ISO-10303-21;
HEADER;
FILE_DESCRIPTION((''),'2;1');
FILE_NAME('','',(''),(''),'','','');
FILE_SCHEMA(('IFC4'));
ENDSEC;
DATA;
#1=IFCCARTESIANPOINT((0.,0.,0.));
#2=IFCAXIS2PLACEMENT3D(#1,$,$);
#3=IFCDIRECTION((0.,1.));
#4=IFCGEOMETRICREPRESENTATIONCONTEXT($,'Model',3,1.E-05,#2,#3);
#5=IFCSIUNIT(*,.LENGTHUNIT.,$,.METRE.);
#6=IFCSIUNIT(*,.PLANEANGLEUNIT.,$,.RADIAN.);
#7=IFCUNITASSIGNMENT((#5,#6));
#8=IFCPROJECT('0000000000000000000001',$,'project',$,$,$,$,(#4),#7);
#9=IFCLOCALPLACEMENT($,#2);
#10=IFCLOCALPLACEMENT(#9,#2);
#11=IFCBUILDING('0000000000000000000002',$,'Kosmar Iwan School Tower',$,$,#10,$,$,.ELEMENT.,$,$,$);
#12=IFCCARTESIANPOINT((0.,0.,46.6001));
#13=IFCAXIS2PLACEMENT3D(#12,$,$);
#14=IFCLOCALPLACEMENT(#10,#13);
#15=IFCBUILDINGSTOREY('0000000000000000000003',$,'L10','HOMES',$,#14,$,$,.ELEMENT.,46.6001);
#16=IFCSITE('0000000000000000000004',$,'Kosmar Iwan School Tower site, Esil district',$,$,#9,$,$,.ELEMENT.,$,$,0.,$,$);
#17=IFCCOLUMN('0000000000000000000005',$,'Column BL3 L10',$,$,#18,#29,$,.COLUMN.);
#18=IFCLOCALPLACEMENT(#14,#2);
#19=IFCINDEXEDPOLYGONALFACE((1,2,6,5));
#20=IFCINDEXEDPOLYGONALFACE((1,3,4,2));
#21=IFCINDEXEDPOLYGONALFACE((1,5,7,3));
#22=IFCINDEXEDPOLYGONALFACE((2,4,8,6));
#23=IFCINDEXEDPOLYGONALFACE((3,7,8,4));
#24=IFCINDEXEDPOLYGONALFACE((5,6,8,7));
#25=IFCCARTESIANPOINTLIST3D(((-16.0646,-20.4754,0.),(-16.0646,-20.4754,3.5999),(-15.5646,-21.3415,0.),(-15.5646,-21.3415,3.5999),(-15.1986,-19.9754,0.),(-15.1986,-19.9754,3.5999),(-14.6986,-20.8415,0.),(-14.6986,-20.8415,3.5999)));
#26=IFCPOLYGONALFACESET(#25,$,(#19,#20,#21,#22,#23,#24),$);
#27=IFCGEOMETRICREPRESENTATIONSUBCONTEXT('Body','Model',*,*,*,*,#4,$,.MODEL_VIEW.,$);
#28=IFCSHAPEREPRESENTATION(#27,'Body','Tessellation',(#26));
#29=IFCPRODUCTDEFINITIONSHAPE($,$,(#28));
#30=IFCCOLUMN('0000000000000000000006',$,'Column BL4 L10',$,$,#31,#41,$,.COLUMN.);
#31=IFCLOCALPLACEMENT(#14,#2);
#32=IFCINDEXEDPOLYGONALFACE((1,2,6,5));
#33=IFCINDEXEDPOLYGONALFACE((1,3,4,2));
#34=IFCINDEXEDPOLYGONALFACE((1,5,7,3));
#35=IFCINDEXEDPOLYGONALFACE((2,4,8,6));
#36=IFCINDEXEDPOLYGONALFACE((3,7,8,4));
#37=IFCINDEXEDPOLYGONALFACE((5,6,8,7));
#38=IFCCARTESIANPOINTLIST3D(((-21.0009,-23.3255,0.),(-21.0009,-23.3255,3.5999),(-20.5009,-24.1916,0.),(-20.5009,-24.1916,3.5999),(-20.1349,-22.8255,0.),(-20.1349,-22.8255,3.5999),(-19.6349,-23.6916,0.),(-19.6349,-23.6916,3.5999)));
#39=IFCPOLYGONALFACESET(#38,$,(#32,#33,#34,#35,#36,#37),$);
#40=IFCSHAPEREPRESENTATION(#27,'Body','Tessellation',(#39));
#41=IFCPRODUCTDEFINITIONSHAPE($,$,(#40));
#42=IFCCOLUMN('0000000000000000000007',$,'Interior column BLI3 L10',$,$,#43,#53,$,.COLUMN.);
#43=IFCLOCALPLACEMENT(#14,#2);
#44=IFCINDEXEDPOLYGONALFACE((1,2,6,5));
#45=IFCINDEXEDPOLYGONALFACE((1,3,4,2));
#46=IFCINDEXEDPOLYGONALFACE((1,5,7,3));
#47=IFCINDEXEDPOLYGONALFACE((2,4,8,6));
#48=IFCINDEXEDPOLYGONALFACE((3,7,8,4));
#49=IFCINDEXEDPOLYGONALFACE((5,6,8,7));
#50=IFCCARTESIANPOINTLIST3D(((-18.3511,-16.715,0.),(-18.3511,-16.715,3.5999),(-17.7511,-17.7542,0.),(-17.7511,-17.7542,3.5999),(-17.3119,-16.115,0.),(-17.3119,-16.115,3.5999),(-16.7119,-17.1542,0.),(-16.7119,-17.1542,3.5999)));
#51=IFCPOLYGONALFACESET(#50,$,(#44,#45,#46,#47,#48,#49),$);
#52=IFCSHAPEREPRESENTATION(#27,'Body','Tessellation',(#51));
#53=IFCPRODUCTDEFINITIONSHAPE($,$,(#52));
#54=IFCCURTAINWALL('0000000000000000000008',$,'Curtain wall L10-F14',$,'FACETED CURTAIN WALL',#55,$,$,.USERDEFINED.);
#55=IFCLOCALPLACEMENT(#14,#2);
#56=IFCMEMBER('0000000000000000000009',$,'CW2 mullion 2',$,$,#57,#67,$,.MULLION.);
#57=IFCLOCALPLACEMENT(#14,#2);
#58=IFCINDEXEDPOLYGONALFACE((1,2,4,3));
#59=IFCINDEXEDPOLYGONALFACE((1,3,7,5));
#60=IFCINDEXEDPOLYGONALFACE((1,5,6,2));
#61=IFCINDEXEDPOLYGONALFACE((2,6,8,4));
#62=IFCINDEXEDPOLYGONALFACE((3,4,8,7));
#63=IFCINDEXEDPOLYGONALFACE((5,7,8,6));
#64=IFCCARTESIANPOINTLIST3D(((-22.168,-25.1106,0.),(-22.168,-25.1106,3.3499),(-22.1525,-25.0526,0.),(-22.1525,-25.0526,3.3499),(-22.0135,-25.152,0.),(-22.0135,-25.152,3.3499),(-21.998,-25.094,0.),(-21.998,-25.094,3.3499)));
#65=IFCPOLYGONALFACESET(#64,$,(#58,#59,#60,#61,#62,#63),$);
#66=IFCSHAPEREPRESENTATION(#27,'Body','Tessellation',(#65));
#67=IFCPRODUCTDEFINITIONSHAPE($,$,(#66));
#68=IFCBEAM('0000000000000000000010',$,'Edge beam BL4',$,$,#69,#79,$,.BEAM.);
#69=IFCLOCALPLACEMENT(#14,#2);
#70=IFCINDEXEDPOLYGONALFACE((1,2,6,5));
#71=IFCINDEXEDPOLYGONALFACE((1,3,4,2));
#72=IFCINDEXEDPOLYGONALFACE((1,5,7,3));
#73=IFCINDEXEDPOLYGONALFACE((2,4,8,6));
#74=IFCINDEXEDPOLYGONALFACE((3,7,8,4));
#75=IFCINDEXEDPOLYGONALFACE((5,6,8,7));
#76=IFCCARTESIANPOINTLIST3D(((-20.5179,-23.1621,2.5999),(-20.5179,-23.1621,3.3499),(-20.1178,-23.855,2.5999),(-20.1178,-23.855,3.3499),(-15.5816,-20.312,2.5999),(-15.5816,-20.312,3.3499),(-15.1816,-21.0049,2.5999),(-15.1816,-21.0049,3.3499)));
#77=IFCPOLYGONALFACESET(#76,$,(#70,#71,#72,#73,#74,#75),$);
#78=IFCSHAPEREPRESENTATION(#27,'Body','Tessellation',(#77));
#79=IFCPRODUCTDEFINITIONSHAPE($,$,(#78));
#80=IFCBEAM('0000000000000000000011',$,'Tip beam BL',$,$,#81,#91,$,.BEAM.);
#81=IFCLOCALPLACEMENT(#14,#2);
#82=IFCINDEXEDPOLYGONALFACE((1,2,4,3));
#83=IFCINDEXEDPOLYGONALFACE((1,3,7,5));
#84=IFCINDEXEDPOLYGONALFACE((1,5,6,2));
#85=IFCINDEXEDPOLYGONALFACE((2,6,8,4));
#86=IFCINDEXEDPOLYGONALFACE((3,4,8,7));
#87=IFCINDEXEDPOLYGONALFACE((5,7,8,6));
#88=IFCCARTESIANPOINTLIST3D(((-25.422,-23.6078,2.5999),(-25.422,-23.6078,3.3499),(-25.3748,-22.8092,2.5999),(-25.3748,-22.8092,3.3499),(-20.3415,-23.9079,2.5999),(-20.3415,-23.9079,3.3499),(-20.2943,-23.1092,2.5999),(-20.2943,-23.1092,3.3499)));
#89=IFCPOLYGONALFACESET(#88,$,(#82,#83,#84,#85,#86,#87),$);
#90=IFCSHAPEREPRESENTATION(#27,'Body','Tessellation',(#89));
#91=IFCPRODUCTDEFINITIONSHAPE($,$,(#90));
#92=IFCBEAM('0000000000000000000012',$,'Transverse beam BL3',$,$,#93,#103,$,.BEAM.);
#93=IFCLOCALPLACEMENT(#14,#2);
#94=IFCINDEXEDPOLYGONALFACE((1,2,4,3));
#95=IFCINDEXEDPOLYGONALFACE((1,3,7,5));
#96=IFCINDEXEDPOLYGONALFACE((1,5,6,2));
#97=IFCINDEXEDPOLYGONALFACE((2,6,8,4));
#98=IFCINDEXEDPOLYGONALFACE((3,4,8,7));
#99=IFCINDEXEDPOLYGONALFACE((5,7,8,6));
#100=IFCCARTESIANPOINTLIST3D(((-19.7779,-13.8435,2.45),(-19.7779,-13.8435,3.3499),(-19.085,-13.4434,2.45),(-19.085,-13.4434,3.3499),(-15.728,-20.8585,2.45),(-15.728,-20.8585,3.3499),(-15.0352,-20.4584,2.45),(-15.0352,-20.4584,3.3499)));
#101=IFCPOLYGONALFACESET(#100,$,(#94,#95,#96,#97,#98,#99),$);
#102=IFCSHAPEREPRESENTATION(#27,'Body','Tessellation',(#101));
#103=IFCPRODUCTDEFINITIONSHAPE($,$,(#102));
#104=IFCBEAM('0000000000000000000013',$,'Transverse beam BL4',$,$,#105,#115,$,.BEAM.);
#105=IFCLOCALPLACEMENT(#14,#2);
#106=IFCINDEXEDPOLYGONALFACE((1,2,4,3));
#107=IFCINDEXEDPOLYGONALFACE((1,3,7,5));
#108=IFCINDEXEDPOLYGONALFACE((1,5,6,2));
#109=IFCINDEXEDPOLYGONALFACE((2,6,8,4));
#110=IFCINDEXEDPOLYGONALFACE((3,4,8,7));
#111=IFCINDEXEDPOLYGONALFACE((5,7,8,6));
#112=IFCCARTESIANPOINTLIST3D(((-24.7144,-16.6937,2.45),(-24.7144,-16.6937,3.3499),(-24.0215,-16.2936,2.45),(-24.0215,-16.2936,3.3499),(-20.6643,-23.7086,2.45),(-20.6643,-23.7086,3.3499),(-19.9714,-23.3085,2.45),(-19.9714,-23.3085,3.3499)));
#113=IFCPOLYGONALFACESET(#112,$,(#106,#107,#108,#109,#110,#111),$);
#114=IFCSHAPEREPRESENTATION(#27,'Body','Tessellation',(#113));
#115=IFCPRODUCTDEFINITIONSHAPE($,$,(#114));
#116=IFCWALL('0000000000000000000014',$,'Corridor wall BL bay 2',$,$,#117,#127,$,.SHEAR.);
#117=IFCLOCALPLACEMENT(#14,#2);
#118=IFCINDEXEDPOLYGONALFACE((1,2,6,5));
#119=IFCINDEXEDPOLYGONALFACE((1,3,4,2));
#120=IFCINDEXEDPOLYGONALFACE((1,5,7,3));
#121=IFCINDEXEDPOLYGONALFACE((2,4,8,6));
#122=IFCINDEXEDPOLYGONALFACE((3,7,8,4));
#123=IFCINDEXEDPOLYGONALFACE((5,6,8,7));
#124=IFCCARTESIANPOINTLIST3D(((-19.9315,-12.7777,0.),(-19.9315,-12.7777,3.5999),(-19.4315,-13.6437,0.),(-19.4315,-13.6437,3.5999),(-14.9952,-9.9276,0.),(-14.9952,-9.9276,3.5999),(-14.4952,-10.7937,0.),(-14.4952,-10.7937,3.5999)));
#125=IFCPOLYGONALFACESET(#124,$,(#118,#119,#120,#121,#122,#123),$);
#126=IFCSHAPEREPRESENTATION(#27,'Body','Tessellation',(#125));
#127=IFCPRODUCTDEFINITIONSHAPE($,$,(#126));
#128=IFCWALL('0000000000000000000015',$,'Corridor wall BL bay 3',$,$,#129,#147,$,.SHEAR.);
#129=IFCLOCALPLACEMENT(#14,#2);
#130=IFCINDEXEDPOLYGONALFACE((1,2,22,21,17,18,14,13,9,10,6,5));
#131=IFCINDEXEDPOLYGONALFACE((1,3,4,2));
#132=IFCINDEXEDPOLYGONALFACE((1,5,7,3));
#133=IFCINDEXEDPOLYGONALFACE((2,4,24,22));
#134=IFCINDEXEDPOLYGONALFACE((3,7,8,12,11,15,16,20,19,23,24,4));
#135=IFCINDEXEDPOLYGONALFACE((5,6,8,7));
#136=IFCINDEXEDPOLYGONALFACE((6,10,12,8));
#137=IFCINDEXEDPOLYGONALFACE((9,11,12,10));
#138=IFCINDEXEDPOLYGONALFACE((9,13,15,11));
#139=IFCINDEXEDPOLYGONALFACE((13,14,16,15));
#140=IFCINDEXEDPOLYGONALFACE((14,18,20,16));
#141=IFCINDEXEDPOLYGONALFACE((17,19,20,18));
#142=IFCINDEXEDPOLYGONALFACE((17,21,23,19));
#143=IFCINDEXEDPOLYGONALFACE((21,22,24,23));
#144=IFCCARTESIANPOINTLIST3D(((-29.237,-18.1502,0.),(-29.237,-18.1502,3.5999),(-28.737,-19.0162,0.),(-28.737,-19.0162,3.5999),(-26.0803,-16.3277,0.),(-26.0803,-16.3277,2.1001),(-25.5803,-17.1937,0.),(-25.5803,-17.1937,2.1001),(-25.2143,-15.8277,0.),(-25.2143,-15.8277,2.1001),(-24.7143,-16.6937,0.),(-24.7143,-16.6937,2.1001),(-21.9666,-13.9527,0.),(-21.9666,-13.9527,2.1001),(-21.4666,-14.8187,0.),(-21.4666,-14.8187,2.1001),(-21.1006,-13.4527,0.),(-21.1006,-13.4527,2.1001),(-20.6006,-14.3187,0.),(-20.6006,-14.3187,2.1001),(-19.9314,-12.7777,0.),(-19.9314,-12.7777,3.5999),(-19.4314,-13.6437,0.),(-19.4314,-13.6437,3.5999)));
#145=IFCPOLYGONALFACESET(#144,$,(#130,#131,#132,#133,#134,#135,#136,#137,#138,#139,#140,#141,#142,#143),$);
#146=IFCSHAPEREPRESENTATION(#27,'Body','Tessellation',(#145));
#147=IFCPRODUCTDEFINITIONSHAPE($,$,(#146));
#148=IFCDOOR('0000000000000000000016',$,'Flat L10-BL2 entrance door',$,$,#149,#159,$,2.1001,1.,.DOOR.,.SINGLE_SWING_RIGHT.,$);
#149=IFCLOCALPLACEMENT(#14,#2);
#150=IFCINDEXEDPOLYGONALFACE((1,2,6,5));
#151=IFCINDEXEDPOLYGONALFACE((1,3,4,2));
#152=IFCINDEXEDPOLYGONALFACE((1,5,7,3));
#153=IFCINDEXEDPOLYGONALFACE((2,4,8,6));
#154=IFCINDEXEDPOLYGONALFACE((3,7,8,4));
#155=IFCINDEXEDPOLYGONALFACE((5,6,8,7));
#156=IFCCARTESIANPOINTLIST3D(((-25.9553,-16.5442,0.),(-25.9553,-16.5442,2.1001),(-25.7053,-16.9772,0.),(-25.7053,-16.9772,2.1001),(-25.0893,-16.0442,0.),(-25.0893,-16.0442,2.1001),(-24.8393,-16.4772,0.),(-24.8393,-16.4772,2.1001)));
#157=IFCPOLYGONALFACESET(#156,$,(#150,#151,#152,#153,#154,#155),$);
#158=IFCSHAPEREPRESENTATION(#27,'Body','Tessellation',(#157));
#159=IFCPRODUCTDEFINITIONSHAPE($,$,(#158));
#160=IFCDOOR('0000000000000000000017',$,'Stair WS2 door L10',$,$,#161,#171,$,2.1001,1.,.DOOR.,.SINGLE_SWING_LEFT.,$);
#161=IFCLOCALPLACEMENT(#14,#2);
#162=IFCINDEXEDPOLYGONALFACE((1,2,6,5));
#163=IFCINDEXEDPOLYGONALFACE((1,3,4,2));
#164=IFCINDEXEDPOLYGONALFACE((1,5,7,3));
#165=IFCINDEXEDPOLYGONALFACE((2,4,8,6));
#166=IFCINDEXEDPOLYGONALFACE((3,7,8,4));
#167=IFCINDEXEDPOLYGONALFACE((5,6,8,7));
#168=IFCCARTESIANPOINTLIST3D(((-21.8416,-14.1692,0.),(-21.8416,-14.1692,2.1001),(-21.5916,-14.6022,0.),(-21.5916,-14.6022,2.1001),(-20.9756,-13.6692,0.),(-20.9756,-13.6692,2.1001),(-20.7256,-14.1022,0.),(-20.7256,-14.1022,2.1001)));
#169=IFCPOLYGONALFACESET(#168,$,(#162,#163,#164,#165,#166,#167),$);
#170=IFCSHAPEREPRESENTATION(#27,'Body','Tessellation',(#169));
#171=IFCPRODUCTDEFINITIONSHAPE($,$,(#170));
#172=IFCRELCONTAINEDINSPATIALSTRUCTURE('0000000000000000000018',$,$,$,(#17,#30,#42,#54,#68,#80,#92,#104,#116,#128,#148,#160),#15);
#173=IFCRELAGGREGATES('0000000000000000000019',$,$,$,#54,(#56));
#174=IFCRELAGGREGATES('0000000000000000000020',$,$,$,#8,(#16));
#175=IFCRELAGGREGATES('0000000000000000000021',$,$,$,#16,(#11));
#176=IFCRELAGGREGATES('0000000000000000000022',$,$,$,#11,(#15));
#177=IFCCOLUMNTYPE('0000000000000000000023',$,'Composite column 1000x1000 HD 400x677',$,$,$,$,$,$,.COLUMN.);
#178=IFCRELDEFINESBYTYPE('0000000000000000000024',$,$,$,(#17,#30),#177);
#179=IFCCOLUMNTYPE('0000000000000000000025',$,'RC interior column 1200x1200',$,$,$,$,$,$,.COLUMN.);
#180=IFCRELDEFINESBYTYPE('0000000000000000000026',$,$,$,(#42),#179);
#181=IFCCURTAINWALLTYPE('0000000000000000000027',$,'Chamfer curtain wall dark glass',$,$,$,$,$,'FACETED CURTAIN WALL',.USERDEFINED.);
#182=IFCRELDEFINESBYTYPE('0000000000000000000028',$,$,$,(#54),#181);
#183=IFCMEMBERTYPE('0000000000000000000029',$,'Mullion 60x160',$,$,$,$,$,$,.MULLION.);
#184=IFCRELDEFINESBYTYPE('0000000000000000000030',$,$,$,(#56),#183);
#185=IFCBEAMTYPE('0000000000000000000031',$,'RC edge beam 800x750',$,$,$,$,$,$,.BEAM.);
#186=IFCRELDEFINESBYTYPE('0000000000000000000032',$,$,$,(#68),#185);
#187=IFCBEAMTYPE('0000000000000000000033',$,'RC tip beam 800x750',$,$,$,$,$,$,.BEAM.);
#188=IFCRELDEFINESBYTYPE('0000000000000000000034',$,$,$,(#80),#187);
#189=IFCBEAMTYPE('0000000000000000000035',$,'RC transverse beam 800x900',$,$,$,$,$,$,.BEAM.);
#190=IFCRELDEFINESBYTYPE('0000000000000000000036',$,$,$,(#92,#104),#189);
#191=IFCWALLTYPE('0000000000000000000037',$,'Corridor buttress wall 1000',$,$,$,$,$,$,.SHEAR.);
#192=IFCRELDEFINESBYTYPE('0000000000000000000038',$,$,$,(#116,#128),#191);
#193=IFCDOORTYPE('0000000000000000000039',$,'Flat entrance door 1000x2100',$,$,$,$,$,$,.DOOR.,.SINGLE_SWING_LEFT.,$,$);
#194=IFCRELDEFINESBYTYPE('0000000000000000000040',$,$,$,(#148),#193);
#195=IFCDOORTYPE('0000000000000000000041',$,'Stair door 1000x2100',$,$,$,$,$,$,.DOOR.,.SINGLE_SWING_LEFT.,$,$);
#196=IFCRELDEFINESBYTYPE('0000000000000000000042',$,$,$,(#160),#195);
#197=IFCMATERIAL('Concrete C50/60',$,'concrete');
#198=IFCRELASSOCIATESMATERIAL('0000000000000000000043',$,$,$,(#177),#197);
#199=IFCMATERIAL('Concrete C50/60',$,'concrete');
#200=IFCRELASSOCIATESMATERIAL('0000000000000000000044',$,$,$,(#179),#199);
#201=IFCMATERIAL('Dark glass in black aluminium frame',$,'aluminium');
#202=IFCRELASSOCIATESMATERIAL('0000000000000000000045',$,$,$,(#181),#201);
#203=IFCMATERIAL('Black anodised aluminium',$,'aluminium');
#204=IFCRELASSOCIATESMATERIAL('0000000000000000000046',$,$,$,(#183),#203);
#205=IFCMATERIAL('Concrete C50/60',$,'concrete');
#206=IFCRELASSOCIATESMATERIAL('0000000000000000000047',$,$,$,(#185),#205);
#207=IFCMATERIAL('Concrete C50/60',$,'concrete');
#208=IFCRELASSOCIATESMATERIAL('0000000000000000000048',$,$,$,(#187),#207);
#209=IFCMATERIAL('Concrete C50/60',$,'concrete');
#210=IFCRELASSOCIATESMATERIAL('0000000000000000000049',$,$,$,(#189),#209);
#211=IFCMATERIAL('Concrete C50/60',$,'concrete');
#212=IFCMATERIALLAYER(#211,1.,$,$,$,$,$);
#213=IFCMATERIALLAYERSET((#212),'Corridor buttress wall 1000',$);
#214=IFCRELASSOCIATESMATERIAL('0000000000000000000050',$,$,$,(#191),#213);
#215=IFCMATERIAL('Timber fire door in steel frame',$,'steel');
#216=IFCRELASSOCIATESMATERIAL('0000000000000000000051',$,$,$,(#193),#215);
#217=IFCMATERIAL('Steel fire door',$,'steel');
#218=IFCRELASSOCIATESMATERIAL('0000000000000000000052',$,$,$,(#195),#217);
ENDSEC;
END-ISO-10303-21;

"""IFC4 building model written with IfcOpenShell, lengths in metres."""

from ifc_helpers import new_model, si_unit, direction, frame, frame_2d, origin, origin_2d, place, context, subcontext, project, spatial, rectangle, extrude, material, layer, layer_set, material_profile, profile_set, type_object, element, fill, aggregate, save


model = new_model("IFC4")

# Units and contexts
model_context = context("Model", 3, precision=1e-05, world=origin(), true_north=direction((0.0, 1.0)))
body_context = subcontext(model_context, "Body", "Model", "MODEL_VIEW")
ifc_project = project(units=[si_unit("LENGTHUNIT", "METRE"), si_unit("PLANEANGLEUNIT", "RADIAN")], contexts=[model_context])

# Site, building, storey
site_placement = place(None, origin())
site = spatial("IfcSite", under=ifc_project, at=site_placement, Name="Kosmar Iwan School Tower site, Esil district", CompositionType="ELEMENT", RefElevation=0.0)
building_placement = place(site_placement, origin())
building = spatial("IfcBuilding", under=site, at=building_placement, Name="Kosmar Iwan School Tower", CompositionType="ELEMENT")
storey_placement = place(building_placement, frame((0.0, 0.0, 46.6001)))
storey = spatial("IfcBuildingStorey", under=building, at=storey_placement, Name="L10", Description="HOMES", CompositionType="ELEMENT", Elevation=46.6001)

# Columns
ifc_material_1 = material(Name="Concrete C50/60", Category="concrete")
ifc_material_profile_1 = material_profile(ifc_material_1, rectangle(XDim=1.0, YDim=1.0, at=origin_2d()), Name="RC 1000x1000 + HD 400x677")
ifc_profile_set_1 = profile_set([ifc_material_profile_1], Name="Concrete C50/60")
column_type_1 = type_object("IfcColumnType", Name="Composite column 1000x1000 HD 400x677", PredefinedType="COLUMN", material=ifc_profile_set_1)
for number, where, z_axis, x_axis, name in (
    (1, (-15.3816, -20.6584, 0.0), (0.0, 0.0, 1.0), (-0.866025, -0.5, 0.0), "Column BL3 L10"),
    (2, (-20.3179, -23.5085, 0.0), (0.0, 0.0, 1.0), (-0.866025, -0.5, 0.0), "Column BL4 L10"),
):
    element("IfcColumn", number, at=place(storey_placement, frame(where, z_axis=z_axis, x_axis=x_axis)), inside=storey, type_object=column_type_1, Name=name, PredefinedType="COLUMN", context=body_context, shape_type="SweptSolid", body=[
        extrude(rectangle(XDim=1.0, YDim=1.0, at=origin_2d()), origin(), (0.0, 0.0, 1.0), 3.5999),
    ])
ifc_material_2 = material(Name="Concrete C50/60", Category="concrete")
ifc_material_profile_2 = material_profile(ifc_material_2, rectangle(XDim=1.2, YDim=1.2, at=origin_2d()), Name="RC 1200x1200")
ifc_profile_set_2 = profile_set([ifc_material_profile_2], Name="Concrete C50/60")
column_type_2 = type_object("IfcColumnType", Name="RC interior column 1200x1200", PredefinedType="COLUMN", material=ifc_profile_set_2)
column_placement = place(storey_placement, frame((-17.5315, -16.9346, 0.0), z_axis=(0.0, 0.0, 1.0), x_axis=(-0.866025, -0.5, 0.0)))
element("IfcColumn", 3, at=column_placement, inside=storey, type_object=column_type_2, Name="Interior column BLI3 L10", PredefinedType="COLUMN", context=body_context, shape_type="SweptSolid", body=[
    extrude(rectangle(XDim=1.2, YDim=1.2, at=origin_2d()), origin(), (0.0, 0.0, 1.0), 3.5999),
])

# Curtain wall, member
ifc_material_3 = material(Name="Dark glass in black aluminium frame", Category="aluminium")
curtain_wall_type = type_object("IfcCurtainWallType", Name="Chamfer curtain wall dark glass", ElementType="FACETED CURTAIN WALL", PredefinedType="USERDEFINED", material=ifc_material_3)
curtain_wall_placement = place(storey_placement, origin())
curtain_wall = element("IfcCurtainWall", 4, at=curtain_wall_placement, inside=storey, type_object=curtain_wall_type, Name="Curtain wall L10-F14", ObjectType="FACETED CURTAIN WALL", PredefinedType="USERDEFINED")
ifc_material_4 = material(Name="Black anodised aluminium", Category="aluminium")
ifc_material_profile_3 = material_profile(ifc_material_4, rectangle(XDim=0.0601, YDim=0.1599, at=origin_2d()), Name="MULLION 60x160")
ifc_profile_set_3 = profile_set([ifc_material_profile_3], Name="Black anodised aluminium")
member_type = type_object("IfcMemberType", Name="Mullion 60x160", PredefinedType="MULLION", material=ifc_profile_set_3)
member_placement = place(storey_placement, frame((-22.083, -25.1023, 0.0), z_axis=(0.0, 0.0, 1.0), x_axis=(0.258819, 0.965926, 0.0)))
member = element("IfcMember", 5, at=member_placement, type_object=member_type, Name="CW2 mullion 2", PredefinedType="MULLION", context=body_context, shape_type="SweptSolid", body=[
    extrude(rectangle(XDim=0.0601, YDim=0.1599, at=origin_2d()), origin(), (0.0, 0.0, 1.0), 3.3499),
])
aggregate(curtain_wall, [member])

# Beams
ifc_material_5 = material(Name="Concrete C50/60", Category="concrete")
ifc_material_profile_4 = material_profile(ifc_material_5, rectangle(XDim=0.8, YDim=0.75, at=origin_2d()), Name="RC 800x750")
ifc_profile_set_4 = profile_set([ifc_material_profile_4], Name="Concrete C50/60")
beam_type_1 = type_object("IfcBeamType", Name="RC edge beam 800x750", PredefinedType="BEAM", material=ifc_profile_set_4)
beam_1_placement = place(storey_placement, frame((-15.3816, -20.6584, 2.9749), z_axis=(-0.866015, -0.500018, 0.0), x_axis=(0.500018, -0.866015, 0.0)))
element("IfcBeam", 6, at=beam_1_placement, inside=storey, type_object=beam_type_1, Name="Edge beam BL4", PredefinedType="BEAM", context=body_context, shape_type="SweptSolid", body=[
    extrude(rectangle(XDim=0.8, YDim=0.75, at=origin_2d()), origin(), (0.0, 0.0, 1.0), 5.7),
])
ifc_material_6 = material(Name="Concrete C50/60", Category="concrete")
ifc_material_profile_5 = material_profile(ifc_material_6, rectangle(XDim=0.8, YDim=0.75, at=origin_2d()), Name="RC 800x750")
ifc_profile_set_5 = profile_set([ifc_material_profile_5], Name="Concrete C50/60")
beam_type_2 = type_object("IfcBeamType", Name="RC tip beam 800x750", PredefinedType="BEAM", material=ifc_profile_set_5)
beam_2_placement = place(storey_placement, frame((-20.3179, -23.5085, 2.9749), z_axis=(-0.998261, 0.058955, 0.0), x_axis=(-0.058955, -0.998261, 0.0)))
element("IfcBeam", 7, at=beam_2_placement, inside=storey, type_object=beam_type_2, Name="Tip beam BL", PredefinedType="BEAM", context=body_context, shape_type="SweptSolid", body=[
    extrude(rectangle(XDim=0.8, YDim=0.75, at=origin_2d()), origin(), (0.0, 0.0, 1.0), 5.0894),
])
ifc_material_7 = material(Name="Concrete C50/60", Category="concrete")
ifc_material_profile_6 = material_profile(ifc_material_7, rectangle(XDim=0.8, YDim=0.8999, at=origin_2d()), Name="RC 800x900")
ifc_profile_set_6 = profile_set([ifc_material_profile_6], Name="Concrete C50/60")
beam_type_3 = type_object("IfcBeamType", Name="RC transverse beam 800x900", PredefinedType="BEAM", material=ifc_profile_set_6)
for number, where, z_axis, x_axis, name in (
    (8, (-15.3816, -20.6584, 2.8999), (-0.499977, 0.866039, 0.0), (-0.866039, -0.499977, 0.0), "Transverse beam BL3"),
    (9, (-20.3179, -23.5085, 2.8999), (-0.5, 0.866025, 0.0), (-0.866025, -0.5, 0.0), "Transverse beam BL4"),
):
    element("IfcBeam", number, at=place(storey_placement, frame(where, z_axis=z_axis, x_axis=x_axis)), inside=storey, type_object=beam_type_3, Name=name, PredefinedType="BEAM", context=body_context, shape_type="SweptSolid", body=[
        extrude(rectangle(XDim=0.8, YDim=0.8999, at=origin_2d()), origin(), (0.0, 0.0, 1.0), 8.1001),
    ])

# Wall
ifc_material_8 = material(Name="Concrete C50/60", Category="concrete")
ifc_layer_1 = layer(ifc_material_8, 1.0)
ifc_layer_set_1 = layer_set([ifc_layer_1], Name="Corridor buttress wall 1000")
wall_type_1 = type_object("IfcWallType", Name="Corridor buttress wall 1000", PredefinedType="SHEAR", material=ifc_layer_set_1)
wall_1_placement = place(storey_placement, frame((-14.7451, -10.3606, 0.0), z_axis=(0.0, 0.0, 1.0), x_axis=(-0.866015, -0.500018, 0.0)))
element("IfcWall", 10, at=wall_1_placement, inside=storey, type_object=wall_type_1, Name="Corridor wall BL bay 2", PredefinedType="SHEAR", context=body_context, shape_type="SweptSolid", body=[
    extrude(rectangle(XDim=5.7, YDim=1.0, at=frame_2d((2.8501, 0.0))), origin(), (0.0, 0.0, 1.0), 3.5999),
])

# Wall, openings, doors
wall_2_placement = place(storey_placement, frame((-19.6814, -13.2107, 0.0), z_axis=(0.0, 0.0, 1.0), x_axis=(-0.866028, -0.499995, 0.0)))
wall_2 = element("IfcWall", 11, at=wall_2_placement, inside=storey, type_object=wall_type_1, Name="Corridor wall BL bay 3", PredefinedType="SHEAR", context=body_context, shape_type="SweptSolid", body=[
    extrude(rectangle(XDim=10.7451, YDim=1.0, at=frame_2d((5.3726, 0.0))), origin(), (0.0, 0.0, 1.0), 3.5999),
])
opening_1_placement = place(wall_2_placement, frame((6.1001, 0.0, 0.0)))
opening_1 = element("IfcOpeningElement", 12, at=opening_1_placement, cuts=wall_2, PredefinedType="OPENING", context=body_context, shape_type="SweptSolid", body=[
    extrude(rectangle(XDim=1.0, YDim=2.1001, at=frame_2d((0.5, 1.05))), frame((0.0, 0.512, 0.0), z_axis=(0.0, -1.0, 0.0), x_axis=(1.0, 0.0, 0.0)), (0.0, 0.0, 1.0), 1.0239),
])
opening_2_placement = place(wall_2_placement, frame((1.3501, 0.0, 0.0)))
opening_2 = element("IfcOpeningElement", 13, at=opening_2_placement, cuts=wall_2, PredefinedType="OPENING", context=body_context, shape_type="SweptSolid", body=[
    extrude(rectangle(XDim=1.0, YDim=2.1001, at=frame_2d((0.5, 1.05))), frame((0.0, 0.512, 0.0), z_axis=(0.0, -1.0, 0.0), x_axis=(1.0, 0.0, 0.0)), (0.0, 0.0, 1.0), 1.0239),
])
ifc_material_9 = material(Name="Timber fire door in steel frame", Category="steel")
door_type_1 = type_object("IfcDoorType", Name="Flat entrance door 1000x2100", OperationType="SINGLE_SWING_LEFT", PredefinedType="DOOR", material=ifc_material_9)
door_1_placement = place(opening_1_placement, origin())
door_1 = element("IfcDoor", 14, at=door_1_placement, inside=storey, type_object=door_type_1, Name="Flat L10-BL2 entrance door", OperationType="SINGLE_SWING_RIGHT", OverallHeight=2.1001, OverallWidth=1.0, PredefinedType="DOOR", context=body_context, shape_type="SweptSolid", body=[
    extrude(rectangle(XDim=1.0, YDim=2.1001, at=frame_2d((0.5, 1.05))), frame((0.0, 0.25, 0.0), z_axis=(0.0, -1.0, 0.0), x_axis=(1.0, 0.0, 0.0)), (0.0, 0.0, 1.0), 0.5),
])
fill(opening_1, door_1)
ifc_material_10 = material(Name="Steel fire door", Category="steel")
door_type_2 = type_object("IfcDoorType", Name="Stair door 1000x2100", OperationType="SINGLE_SWING_LEFT", PredefinedType="DOOR", material=ifc_material_10)
door_2_placement = place(opening_2_placement, origin())
door_2 = element("IfcDoor", 15, at=door_2_placement, inside=storey, type_object=door_type_2, Name="Stair WS2 door L10", OperationType="SINGLE_SWING_LEFT", OverallHeight=2.1001, OverallWidth=1.0, PredefinedType="DOOR", context=body_context, shape_type="SweptSolid", body=[
    extrude(rectangle(XDim=1.0, YDim=2.1001, at=frame_2d((0.5, 1.05))), frame((0.0, 0.25, 0.0), z_axis=(0.0, -1.0, 0.0), x_axis=(1.0, 0.0, 0.0)), (0.0, 0.0, 1.0), 0.5),
])
fill(opening_2, door_2)

save(model, "model.ifc")
